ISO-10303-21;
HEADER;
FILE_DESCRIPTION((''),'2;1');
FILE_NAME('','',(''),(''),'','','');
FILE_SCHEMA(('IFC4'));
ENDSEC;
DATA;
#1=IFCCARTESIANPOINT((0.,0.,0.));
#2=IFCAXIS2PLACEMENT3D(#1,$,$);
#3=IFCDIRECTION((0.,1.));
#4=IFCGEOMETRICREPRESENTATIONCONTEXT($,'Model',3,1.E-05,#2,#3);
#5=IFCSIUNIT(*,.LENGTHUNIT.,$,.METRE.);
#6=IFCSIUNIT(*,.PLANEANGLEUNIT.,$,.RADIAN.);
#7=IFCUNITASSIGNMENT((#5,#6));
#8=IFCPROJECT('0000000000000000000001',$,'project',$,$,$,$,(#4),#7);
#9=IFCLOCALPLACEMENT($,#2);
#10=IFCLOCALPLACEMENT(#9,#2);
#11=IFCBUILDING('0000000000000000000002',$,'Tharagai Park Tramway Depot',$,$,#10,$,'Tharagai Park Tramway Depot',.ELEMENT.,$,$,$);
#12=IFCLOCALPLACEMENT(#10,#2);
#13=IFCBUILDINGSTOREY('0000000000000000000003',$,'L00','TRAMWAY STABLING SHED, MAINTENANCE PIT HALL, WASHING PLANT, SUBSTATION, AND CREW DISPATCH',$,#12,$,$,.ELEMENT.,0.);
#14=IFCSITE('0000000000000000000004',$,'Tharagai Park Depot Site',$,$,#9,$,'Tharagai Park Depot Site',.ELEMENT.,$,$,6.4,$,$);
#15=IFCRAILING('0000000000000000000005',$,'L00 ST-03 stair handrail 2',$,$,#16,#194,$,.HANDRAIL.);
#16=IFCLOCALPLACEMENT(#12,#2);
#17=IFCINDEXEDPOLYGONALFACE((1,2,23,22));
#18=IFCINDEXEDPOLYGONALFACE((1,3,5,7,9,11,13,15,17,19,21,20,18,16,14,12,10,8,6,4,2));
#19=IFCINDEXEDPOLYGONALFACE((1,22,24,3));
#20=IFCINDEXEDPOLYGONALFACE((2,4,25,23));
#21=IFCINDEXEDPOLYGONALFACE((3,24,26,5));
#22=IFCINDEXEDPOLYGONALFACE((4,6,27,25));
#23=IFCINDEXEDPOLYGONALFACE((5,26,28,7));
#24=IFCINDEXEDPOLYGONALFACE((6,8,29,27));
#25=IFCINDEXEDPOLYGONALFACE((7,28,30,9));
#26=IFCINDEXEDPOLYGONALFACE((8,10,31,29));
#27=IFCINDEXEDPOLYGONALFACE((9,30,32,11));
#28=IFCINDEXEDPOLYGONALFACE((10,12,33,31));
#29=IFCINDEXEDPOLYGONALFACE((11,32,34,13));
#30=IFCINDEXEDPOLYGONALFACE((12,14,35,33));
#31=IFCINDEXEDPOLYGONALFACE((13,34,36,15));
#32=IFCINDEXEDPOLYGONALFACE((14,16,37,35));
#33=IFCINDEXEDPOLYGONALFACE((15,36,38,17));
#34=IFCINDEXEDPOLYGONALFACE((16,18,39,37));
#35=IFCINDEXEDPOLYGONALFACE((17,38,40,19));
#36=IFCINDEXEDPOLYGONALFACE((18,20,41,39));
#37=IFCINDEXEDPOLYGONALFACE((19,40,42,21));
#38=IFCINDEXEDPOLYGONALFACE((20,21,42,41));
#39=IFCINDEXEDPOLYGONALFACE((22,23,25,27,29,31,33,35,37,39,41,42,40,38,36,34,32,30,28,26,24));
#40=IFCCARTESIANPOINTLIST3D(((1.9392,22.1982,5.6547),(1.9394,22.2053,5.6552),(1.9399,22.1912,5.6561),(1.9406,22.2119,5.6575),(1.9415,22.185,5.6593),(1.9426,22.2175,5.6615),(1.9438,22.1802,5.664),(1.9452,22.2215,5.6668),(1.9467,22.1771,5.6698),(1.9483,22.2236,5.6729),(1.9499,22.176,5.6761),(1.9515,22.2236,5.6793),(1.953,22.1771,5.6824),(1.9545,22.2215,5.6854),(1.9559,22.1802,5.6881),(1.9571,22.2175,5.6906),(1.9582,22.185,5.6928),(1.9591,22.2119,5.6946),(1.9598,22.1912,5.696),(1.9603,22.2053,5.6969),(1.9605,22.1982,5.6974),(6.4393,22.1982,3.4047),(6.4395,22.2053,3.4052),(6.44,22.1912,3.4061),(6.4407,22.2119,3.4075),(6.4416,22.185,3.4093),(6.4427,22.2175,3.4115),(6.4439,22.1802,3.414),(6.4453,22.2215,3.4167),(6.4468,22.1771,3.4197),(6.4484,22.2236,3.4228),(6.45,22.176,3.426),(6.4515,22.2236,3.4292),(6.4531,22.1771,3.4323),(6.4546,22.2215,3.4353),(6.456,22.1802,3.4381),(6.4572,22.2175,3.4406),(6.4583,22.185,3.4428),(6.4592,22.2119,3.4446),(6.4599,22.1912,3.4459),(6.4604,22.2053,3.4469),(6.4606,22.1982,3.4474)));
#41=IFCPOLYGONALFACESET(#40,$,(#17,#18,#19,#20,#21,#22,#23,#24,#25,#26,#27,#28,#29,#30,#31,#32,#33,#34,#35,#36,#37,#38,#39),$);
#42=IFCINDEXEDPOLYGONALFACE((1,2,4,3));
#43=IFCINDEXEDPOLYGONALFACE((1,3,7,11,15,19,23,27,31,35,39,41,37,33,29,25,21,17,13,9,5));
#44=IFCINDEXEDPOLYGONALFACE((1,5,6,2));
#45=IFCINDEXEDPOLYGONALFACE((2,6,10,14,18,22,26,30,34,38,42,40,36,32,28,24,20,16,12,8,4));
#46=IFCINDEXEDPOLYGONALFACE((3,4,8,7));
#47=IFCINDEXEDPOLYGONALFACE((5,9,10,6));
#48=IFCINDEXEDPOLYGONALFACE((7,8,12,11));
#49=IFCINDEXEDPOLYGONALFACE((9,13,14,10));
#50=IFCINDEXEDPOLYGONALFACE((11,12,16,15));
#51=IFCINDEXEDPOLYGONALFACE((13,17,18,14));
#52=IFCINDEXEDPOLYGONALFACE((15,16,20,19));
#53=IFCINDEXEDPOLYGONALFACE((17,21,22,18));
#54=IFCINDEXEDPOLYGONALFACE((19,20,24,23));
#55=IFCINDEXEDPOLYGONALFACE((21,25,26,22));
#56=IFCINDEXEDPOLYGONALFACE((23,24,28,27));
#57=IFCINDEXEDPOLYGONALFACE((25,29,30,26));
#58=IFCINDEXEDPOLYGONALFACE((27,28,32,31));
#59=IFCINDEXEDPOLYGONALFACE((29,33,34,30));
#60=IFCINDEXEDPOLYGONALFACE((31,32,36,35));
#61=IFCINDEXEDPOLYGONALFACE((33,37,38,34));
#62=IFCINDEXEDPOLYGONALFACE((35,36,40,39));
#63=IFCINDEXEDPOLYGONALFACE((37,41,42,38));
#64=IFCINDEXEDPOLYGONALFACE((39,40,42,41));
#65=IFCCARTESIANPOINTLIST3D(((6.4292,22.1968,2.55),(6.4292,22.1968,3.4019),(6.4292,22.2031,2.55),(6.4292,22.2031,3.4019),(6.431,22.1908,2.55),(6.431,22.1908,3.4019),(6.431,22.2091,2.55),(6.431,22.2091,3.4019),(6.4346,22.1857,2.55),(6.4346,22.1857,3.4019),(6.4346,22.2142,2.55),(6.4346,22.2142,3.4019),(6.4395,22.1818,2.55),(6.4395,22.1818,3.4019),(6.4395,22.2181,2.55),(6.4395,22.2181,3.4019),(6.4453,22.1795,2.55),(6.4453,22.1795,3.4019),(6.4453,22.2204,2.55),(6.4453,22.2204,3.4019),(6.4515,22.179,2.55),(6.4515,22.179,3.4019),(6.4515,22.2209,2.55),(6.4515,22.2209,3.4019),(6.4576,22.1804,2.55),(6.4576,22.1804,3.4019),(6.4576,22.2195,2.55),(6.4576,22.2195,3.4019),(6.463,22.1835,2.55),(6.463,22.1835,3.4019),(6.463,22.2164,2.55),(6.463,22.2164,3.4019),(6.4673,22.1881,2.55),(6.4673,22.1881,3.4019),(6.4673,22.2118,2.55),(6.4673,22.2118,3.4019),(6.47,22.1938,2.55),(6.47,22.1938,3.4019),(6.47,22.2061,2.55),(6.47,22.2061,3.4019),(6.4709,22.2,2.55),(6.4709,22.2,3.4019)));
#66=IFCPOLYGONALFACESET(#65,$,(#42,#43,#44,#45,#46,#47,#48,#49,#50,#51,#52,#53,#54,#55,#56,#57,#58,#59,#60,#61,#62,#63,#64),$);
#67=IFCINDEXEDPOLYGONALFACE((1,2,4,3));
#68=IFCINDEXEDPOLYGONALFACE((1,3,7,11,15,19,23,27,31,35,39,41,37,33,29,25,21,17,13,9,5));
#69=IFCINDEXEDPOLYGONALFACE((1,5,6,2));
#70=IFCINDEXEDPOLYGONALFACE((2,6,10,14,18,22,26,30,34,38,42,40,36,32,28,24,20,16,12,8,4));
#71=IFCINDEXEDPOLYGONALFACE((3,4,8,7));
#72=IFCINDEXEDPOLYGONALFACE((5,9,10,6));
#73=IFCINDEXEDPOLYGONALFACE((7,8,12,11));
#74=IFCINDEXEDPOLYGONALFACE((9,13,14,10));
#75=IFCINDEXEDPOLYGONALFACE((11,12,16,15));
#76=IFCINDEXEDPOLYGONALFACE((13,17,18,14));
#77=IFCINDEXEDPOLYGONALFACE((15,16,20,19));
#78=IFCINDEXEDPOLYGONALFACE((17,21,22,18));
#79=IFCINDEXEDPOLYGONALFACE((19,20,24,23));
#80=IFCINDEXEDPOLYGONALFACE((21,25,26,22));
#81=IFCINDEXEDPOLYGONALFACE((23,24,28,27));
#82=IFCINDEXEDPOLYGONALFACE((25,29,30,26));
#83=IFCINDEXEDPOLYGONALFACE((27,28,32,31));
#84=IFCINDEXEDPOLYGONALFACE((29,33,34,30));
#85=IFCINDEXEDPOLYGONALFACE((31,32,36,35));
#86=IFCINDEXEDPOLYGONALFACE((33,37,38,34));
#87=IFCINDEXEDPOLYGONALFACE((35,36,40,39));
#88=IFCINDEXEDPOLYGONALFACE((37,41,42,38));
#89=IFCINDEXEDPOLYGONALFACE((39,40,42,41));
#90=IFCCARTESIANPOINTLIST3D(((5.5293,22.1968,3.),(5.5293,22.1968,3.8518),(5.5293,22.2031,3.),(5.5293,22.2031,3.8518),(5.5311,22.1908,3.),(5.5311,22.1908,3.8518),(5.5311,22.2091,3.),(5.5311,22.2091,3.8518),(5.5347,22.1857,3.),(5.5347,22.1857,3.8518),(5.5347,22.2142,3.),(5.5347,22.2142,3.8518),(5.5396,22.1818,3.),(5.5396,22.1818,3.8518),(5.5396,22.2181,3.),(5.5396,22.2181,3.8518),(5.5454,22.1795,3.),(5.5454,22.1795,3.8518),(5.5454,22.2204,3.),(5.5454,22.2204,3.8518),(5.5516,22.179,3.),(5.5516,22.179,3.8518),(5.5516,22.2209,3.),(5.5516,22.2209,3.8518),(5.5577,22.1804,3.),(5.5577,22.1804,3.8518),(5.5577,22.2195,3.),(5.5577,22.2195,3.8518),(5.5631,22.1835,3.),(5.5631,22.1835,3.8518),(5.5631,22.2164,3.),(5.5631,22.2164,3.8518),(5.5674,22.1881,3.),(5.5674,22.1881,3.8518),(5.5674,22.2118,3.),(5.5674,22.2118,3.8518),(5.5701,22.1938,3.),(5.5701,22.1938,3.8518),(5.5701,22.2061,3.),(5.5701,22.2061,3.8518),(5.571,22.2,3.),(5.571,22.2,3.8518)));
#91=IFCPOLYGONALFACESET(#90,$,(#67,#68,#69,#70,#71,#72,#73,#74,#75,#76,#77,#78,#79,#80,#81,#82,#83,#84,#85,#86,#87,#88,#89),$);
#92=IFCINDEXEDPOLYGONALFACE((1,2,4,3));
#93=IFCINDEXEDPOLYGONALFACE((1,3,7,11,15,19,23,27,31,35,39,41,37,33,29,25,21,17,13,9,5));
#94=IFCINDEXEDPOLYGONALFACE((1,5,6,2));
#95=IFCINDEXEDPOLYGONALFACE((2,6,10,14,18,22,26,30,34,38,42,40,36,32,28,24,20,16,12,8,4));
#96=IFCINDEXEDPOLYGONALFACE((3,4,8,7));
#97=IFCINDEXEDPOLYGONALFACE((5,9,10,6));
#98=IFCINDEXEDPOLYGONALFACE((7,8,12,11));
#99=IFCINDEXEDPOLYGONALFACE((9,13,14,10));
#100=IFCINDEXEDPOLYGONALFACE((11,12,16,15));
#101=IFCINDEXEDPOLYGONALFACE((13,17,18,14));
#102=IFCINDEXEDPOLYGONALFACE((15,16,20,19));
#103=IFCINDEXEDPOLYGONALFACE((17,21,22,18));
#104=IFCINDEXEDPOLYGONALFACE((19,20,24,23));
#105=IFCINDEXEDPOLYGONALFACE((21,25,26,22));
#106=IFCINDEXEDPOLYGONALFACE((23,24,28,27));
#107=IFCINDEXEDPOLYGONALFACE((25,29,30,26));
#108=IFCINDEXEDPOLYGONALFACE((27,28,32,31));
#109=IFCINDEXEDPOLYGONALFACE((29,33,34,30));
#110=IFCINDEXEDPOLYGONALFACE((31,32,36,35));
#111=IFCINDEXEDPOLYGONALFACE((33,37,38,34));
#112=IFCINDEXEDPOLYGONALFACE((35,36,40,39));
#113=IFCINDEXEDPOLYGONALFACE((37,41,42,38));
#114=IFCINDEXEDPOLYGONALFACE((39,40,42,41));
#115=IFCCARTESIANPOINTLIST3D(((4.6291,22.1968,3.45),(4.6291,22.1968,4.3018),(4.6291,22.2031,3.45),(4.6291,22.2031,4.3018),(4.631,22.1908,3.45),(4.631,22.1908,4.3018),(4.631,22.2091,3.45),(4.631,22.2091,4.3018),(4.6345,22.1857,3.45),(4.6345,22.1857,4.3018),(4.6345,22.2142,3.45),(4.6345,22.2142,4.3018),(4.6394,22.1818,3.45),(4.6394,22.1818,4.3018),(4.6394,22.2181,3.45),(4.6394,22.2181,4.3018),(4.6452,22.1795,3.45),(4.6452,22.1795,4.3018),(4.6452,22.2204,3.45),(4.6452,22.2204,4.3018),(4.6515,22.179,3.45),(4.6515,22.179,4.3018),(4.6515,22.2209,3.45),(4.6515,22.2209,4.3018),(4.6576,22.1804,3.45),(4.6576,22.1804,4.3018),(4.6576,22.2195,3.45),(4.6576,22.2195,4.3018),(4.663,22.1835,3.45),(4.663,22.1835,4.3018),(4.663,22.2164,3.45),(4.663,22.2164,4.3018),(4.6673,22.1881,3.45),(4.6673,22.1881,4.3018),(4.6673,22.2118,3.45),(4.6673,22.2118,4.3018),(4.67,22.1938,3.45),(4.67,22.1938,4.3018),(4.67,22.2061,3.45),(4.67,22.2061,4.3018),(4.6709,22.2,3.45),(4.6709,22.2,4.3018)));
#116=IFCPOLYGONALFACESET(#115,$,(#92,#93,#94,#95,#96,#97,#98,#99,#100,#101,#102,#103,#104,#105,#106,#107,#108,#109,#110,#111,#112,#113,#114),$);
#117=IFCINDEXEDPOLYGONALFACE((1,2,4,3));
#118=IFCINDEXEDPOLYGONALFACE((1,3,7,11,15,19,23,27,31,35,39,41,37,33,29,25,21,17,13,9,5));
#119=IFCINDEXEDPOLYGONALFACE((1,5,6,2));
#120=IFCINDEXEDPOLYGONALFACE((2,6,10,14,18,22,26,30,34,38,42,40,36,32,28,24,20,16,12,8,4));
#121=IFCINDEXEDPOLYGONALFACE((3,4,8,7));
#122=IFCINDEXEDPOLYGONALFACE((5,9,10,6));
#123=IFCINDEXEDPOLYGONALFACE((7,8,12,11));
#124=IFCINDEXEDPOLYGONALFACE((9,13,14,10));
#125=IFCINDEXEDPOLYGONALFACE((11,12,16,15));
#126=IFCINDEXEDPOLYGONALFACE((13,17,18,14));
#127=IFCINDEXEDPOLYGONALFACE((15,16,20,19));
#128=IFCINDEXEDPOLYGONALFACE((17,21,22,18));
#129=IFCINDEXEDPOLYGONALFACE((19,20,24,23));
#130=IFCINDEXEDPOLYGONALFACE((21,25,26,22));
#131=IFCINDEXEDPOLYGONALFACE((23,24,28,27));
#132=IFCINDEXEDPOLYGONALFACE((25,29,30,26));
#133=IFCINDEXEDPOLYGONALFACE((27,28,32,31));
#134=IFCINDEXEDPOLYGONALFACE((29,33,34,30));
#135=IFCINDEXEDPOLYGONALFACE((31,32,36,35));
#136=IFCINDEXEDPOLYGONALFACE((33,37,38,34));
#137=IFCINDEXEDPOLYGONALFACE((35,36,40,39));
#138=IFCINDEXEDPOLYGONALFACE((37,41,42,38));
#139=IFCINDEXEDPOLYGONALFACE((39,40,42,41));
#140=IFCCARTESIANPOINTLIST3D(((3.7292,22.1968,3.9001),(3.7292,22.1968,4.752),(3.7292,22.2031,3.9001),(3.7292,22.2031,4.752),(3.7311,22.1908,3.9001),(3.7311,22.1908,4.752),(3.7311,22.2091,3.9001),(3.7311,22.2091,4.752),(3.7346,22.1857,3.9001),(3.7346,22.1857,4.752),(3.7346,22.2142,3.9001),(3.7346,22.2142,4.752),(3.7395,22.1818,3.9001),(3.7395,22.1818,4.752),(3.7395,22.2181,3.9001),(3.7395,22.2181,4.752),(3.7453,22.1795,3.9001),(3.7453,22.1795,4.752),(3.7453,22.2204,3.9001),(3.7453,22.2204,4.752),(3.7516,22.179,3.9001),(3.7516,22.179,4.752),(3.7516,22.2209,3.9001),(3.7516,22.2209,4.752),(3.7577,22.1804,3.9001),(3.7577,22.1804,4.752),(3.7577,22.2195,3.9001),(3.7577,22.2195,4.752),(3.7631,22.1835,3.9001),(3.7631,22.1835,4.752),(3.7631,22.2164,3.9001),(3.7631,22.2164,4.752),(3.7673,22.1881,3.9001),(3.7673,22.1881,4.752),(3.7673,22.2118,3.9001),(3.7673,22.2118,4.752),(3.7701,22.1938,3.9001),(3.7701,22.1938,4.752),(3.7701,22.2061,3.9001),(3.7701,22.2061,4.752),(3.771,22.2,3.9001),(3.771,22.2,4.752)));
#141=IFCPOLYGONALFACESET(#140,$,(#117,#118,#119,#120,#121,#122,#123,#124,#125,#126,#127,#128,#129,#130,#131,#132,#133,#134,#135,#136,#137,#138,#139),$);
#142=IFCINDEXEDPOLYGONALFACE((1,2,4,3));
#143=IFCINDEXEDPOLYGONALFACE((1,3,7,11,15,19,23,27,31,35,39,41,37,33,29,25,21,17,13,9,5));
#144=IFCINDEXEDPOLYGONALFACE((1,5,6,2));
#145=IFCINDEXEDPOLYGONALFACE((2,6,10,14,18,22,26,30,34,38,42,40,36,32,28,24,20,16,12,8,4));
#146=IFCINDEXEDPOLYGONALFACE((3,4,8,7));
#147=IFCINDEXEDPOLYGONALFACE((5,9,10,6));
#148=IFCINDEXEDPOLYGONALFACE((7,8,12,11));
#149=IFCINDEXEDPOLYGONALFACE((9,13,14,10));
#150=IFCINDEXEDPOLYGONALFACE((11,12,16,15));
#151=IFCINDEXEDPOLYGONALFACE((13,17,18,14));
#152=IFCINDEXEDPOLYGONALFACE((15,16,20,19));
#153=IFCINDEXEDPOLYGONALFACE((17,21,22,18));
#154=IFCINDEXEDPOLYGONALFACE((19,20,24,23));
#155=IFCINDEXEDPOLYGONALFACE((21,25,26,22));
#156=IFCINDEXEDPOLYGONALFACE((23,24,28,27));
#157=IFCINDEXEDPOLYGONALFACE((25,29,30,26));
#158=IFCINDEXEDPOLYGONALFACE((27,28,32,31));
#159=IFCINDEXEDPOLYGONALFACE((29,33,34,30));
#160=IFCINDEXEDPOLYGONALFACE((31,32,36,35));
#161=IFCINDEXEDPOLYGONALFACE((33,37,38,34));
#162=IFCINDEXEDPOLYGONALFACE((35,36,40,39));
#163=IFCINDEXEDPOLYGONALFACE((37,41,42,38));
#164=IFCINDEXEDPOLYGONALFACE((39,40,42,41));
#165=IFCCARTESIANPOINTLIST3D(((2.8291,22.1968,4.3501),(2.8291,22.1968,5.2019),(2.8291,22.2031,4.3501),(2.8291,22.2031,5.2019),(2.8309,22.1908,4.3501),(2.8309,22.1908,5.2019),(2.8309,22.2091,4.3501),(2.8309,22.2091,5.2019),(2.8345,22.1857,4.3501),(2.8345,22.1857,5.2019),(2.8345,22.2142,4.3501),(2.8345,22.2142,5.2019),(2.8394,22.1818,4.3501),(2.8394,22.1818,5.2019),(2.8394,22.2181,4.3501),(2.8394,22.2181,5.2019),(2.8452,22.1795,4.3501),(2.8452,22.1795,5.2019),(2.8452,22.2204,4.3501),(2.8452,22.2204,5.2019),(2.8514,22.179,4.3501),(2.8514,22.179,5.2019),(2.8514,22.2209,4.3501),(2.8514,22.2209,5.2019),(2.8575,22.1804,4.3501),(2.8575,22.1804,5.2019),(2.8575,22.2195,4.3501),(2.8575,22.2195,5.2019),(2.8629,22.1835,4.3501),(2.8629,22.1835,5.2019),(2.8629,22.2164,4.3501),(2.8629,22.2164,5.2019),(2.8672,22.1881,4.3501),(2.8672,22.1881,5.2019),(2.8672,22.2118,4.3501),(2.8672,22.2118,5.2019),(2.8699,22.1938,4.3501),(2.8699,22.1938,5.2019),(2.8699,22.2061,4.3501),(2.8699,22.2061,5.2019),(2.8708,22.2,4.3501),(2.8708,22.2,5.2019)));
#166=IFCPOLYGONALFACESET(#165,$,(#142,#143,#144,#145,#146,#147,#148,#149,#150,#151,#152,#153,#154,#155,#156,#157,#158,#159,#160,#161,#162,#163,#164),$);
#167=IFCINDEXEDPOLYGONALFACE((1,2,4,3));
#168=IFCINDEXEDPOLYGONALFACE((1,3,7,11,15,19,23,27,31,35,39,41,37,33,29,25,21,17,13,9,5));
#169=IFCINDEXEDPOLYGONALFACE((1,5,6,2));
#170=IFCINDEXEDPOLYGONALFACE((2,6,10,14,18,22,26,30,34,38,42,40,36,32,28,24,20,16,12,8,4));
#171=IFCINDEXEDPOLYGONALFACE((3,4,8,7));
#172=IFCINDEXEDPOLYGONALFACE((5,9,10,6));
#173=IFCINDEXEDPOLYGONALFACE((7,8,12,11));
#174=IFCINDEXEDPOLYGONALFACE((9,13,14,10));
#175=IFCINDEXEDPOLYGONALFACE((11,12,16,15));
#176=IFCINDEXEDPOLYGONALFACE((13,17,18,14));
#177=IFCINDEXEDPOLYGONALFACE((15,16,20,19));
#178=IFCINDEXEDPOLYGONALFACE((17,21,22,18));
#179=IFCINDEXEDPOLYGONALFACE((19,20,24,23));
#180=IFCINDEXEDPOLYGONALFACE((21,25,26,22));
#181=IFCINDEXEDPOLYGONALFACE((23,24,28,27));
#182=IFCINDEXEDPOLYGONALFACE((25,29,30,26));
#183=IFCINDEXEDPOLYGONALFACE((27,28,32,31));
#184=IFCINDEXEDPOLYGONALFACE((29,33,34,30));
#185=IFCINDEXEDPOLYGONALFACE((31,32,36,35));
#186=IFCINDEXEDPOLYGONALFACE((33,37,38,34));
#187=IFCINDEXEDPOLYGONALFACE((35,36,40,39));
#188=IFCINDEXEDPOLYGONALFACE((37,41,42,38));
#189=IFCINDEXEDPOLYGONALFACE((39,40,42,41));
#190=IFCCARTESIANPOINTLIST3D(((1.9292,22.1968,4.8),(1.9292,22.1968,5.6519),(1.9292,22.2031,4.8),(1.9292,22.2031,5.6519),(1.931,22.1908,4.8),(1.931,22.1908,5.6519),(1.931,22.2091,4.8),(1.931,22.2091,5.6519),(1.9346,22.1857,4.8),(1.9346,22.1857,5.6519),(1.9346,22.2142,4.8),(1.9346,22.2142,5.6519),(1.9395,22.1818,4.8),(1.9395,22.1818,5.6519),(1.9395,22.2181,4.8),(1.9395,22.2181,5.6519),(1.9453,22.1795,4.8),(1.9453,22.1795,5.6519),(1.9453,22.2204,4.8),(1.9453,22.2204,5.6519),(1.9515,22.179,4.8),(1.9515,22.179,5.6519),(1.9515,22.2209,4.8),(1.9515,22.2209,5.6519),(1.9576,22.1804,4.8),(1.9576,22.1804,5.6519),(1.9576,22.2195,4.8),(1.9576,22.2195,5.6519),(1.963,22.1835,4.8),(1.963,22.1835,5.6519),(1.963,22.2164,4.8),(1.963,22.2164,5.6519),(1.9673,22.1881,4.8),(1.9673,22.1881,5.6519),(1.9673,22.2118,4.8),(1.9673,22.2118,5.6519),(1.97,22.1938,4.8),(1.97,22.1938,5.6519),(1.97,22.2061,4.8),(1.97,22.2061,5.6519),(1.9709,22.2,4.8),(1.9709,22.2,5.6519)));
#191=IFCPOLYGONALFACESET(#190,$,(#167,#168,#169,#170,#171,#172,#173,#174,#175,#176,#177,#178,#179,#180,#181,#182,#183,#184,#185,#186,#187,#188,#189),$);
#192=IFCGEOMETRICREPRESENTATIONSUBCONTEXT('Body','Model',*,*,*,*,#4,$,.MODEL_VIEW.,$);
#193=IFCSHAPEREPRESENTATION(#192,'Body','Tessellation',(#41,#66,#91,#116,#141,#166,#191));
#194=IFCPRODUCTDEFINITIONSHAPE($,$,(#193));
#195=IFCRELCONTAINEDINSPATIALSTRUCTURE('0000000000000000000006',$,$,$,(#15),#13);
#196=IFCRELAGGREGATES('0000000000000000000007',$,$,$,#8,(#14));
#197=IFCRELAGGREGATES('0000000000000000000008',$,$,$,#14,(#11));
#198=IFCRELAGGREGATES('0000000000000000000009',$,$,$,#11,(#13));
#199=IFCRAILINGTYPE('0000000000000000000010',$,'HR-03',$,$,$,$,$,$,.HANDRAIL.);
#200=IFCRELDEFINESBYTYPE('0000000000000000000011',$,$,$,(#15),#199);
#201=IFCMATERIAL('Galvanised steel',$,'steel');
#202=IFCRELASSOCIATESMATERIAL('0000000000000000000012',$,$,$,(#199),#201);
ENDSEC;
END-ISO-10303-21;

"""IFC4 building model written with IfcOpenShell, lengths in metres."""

from ifc_helpers import new_model, si_unit, direction, frame, origin, origin_2d, place, context, subcontext, project, spatial, circle, extrude, material, type_object, element, save


model = new_model("IFC4")

# Units and contexts
model_context = context("Model", 3, precision=1e-05, world=origin(), true_north=direction((0.0, 1.0)))
body_context = subcontext(model_context, "Body", "Model", "MODEL_VIEW")
ifc_project = project(units=[si_unit("LENGTHUNIT", "METRE"), si_unit("PLANEANGLEUNIT", "RADIAN")], contexts=[model_context])

# Site, building, storey
site_placement = place(None, origin())
site = spatial("IfcSite", under=ifc_project, at=site_placement, Name="Tharagai Park Depot Site", LongName="Tharagai Park Depot Site", CompositionType="ELEMENT", RefElevation=6.4)
building_placement = place(site_placement, origin())
building = spatial("IfcBuilding", under=site, at=building_placement, Name="Tharagai Park Tramway Depot", LongName="Tharagai Park Tramway Depot", CompositionType="ELEMENT")
storey_placement = place(building_placement, origin())
storey = spatial("IfcBuildingStorey", under=building, at=storey_placement, Name="L00", Description="TRAMWAY STABLING SHED, MAINTENANCE PIT HALL, WASHING PLANT, SUBSTATION, AND CREW DISPATCH", CompositionType="ELEMENT", Elevation=0.0)

# Railing
ifc_material_1 = material(Name="Galvanised steel", Category="steel")
railing_type_1 = type_object("IfcRailingType", Name="HR-03", PredefinedType="HANDRAIL", material=ifc_material_1)
railing_1_placement = place(storey_placement, frame((6.45, 22.2, 2.55)))
element("IfcRailing", 1, at=railing_1_placement, inside=storey, type_object=railing_type_1, Name="L00 ST-03 stair handrail 2", PredefinedType="HANDRAIL", context=body_context, shape_type="SweptSolid", body=[
    extrude(circle(Radius=0.0239, at=origin_2d()), frame((0.0, 0.0, 0.876), z_axis=(-0.894427, 0.0, 0.447214), x_axis=(0.0, -1.0, 0.0)), (0.0, 0.0, 1.0), 5.0312),
    extrude(circle(Radius=0.021, at=origin_2d()), origin(), (0.0, 0.0, 1.0), 0.8518),
    extrude(circle(Radius=0.021, at=origin_2d()), frame((-0.8999, 0.0, 0.45)), (0.0, 0.0, 1.0), 0.8518),
    extrude(circle(Radius=0.021, at=origin_2d()), frame((-1.8, 0.0, 0.8999)), (0.0, 0.0, 1.0), 0.8518),
    extrude(circle(Radius=0.021, at=origin_2d()), frame((-2.7, 0.0, 1.3501)), (0.0, 0.0, 1.0), 0.8518),
    extrude(circle(Radius=0.021, at=origin_2d()), frame((-3.6001, 0.0, 1.8)), (0.0, 0.0, 1.0), 0.8518),
    extrude(circle(Radius=0.021, at=origin_2d()), frame((-4.5, 0.0, 2.25)), (0.0, 0.0, 1.0), 0.8518),
])

save(model, "model.ifc")
